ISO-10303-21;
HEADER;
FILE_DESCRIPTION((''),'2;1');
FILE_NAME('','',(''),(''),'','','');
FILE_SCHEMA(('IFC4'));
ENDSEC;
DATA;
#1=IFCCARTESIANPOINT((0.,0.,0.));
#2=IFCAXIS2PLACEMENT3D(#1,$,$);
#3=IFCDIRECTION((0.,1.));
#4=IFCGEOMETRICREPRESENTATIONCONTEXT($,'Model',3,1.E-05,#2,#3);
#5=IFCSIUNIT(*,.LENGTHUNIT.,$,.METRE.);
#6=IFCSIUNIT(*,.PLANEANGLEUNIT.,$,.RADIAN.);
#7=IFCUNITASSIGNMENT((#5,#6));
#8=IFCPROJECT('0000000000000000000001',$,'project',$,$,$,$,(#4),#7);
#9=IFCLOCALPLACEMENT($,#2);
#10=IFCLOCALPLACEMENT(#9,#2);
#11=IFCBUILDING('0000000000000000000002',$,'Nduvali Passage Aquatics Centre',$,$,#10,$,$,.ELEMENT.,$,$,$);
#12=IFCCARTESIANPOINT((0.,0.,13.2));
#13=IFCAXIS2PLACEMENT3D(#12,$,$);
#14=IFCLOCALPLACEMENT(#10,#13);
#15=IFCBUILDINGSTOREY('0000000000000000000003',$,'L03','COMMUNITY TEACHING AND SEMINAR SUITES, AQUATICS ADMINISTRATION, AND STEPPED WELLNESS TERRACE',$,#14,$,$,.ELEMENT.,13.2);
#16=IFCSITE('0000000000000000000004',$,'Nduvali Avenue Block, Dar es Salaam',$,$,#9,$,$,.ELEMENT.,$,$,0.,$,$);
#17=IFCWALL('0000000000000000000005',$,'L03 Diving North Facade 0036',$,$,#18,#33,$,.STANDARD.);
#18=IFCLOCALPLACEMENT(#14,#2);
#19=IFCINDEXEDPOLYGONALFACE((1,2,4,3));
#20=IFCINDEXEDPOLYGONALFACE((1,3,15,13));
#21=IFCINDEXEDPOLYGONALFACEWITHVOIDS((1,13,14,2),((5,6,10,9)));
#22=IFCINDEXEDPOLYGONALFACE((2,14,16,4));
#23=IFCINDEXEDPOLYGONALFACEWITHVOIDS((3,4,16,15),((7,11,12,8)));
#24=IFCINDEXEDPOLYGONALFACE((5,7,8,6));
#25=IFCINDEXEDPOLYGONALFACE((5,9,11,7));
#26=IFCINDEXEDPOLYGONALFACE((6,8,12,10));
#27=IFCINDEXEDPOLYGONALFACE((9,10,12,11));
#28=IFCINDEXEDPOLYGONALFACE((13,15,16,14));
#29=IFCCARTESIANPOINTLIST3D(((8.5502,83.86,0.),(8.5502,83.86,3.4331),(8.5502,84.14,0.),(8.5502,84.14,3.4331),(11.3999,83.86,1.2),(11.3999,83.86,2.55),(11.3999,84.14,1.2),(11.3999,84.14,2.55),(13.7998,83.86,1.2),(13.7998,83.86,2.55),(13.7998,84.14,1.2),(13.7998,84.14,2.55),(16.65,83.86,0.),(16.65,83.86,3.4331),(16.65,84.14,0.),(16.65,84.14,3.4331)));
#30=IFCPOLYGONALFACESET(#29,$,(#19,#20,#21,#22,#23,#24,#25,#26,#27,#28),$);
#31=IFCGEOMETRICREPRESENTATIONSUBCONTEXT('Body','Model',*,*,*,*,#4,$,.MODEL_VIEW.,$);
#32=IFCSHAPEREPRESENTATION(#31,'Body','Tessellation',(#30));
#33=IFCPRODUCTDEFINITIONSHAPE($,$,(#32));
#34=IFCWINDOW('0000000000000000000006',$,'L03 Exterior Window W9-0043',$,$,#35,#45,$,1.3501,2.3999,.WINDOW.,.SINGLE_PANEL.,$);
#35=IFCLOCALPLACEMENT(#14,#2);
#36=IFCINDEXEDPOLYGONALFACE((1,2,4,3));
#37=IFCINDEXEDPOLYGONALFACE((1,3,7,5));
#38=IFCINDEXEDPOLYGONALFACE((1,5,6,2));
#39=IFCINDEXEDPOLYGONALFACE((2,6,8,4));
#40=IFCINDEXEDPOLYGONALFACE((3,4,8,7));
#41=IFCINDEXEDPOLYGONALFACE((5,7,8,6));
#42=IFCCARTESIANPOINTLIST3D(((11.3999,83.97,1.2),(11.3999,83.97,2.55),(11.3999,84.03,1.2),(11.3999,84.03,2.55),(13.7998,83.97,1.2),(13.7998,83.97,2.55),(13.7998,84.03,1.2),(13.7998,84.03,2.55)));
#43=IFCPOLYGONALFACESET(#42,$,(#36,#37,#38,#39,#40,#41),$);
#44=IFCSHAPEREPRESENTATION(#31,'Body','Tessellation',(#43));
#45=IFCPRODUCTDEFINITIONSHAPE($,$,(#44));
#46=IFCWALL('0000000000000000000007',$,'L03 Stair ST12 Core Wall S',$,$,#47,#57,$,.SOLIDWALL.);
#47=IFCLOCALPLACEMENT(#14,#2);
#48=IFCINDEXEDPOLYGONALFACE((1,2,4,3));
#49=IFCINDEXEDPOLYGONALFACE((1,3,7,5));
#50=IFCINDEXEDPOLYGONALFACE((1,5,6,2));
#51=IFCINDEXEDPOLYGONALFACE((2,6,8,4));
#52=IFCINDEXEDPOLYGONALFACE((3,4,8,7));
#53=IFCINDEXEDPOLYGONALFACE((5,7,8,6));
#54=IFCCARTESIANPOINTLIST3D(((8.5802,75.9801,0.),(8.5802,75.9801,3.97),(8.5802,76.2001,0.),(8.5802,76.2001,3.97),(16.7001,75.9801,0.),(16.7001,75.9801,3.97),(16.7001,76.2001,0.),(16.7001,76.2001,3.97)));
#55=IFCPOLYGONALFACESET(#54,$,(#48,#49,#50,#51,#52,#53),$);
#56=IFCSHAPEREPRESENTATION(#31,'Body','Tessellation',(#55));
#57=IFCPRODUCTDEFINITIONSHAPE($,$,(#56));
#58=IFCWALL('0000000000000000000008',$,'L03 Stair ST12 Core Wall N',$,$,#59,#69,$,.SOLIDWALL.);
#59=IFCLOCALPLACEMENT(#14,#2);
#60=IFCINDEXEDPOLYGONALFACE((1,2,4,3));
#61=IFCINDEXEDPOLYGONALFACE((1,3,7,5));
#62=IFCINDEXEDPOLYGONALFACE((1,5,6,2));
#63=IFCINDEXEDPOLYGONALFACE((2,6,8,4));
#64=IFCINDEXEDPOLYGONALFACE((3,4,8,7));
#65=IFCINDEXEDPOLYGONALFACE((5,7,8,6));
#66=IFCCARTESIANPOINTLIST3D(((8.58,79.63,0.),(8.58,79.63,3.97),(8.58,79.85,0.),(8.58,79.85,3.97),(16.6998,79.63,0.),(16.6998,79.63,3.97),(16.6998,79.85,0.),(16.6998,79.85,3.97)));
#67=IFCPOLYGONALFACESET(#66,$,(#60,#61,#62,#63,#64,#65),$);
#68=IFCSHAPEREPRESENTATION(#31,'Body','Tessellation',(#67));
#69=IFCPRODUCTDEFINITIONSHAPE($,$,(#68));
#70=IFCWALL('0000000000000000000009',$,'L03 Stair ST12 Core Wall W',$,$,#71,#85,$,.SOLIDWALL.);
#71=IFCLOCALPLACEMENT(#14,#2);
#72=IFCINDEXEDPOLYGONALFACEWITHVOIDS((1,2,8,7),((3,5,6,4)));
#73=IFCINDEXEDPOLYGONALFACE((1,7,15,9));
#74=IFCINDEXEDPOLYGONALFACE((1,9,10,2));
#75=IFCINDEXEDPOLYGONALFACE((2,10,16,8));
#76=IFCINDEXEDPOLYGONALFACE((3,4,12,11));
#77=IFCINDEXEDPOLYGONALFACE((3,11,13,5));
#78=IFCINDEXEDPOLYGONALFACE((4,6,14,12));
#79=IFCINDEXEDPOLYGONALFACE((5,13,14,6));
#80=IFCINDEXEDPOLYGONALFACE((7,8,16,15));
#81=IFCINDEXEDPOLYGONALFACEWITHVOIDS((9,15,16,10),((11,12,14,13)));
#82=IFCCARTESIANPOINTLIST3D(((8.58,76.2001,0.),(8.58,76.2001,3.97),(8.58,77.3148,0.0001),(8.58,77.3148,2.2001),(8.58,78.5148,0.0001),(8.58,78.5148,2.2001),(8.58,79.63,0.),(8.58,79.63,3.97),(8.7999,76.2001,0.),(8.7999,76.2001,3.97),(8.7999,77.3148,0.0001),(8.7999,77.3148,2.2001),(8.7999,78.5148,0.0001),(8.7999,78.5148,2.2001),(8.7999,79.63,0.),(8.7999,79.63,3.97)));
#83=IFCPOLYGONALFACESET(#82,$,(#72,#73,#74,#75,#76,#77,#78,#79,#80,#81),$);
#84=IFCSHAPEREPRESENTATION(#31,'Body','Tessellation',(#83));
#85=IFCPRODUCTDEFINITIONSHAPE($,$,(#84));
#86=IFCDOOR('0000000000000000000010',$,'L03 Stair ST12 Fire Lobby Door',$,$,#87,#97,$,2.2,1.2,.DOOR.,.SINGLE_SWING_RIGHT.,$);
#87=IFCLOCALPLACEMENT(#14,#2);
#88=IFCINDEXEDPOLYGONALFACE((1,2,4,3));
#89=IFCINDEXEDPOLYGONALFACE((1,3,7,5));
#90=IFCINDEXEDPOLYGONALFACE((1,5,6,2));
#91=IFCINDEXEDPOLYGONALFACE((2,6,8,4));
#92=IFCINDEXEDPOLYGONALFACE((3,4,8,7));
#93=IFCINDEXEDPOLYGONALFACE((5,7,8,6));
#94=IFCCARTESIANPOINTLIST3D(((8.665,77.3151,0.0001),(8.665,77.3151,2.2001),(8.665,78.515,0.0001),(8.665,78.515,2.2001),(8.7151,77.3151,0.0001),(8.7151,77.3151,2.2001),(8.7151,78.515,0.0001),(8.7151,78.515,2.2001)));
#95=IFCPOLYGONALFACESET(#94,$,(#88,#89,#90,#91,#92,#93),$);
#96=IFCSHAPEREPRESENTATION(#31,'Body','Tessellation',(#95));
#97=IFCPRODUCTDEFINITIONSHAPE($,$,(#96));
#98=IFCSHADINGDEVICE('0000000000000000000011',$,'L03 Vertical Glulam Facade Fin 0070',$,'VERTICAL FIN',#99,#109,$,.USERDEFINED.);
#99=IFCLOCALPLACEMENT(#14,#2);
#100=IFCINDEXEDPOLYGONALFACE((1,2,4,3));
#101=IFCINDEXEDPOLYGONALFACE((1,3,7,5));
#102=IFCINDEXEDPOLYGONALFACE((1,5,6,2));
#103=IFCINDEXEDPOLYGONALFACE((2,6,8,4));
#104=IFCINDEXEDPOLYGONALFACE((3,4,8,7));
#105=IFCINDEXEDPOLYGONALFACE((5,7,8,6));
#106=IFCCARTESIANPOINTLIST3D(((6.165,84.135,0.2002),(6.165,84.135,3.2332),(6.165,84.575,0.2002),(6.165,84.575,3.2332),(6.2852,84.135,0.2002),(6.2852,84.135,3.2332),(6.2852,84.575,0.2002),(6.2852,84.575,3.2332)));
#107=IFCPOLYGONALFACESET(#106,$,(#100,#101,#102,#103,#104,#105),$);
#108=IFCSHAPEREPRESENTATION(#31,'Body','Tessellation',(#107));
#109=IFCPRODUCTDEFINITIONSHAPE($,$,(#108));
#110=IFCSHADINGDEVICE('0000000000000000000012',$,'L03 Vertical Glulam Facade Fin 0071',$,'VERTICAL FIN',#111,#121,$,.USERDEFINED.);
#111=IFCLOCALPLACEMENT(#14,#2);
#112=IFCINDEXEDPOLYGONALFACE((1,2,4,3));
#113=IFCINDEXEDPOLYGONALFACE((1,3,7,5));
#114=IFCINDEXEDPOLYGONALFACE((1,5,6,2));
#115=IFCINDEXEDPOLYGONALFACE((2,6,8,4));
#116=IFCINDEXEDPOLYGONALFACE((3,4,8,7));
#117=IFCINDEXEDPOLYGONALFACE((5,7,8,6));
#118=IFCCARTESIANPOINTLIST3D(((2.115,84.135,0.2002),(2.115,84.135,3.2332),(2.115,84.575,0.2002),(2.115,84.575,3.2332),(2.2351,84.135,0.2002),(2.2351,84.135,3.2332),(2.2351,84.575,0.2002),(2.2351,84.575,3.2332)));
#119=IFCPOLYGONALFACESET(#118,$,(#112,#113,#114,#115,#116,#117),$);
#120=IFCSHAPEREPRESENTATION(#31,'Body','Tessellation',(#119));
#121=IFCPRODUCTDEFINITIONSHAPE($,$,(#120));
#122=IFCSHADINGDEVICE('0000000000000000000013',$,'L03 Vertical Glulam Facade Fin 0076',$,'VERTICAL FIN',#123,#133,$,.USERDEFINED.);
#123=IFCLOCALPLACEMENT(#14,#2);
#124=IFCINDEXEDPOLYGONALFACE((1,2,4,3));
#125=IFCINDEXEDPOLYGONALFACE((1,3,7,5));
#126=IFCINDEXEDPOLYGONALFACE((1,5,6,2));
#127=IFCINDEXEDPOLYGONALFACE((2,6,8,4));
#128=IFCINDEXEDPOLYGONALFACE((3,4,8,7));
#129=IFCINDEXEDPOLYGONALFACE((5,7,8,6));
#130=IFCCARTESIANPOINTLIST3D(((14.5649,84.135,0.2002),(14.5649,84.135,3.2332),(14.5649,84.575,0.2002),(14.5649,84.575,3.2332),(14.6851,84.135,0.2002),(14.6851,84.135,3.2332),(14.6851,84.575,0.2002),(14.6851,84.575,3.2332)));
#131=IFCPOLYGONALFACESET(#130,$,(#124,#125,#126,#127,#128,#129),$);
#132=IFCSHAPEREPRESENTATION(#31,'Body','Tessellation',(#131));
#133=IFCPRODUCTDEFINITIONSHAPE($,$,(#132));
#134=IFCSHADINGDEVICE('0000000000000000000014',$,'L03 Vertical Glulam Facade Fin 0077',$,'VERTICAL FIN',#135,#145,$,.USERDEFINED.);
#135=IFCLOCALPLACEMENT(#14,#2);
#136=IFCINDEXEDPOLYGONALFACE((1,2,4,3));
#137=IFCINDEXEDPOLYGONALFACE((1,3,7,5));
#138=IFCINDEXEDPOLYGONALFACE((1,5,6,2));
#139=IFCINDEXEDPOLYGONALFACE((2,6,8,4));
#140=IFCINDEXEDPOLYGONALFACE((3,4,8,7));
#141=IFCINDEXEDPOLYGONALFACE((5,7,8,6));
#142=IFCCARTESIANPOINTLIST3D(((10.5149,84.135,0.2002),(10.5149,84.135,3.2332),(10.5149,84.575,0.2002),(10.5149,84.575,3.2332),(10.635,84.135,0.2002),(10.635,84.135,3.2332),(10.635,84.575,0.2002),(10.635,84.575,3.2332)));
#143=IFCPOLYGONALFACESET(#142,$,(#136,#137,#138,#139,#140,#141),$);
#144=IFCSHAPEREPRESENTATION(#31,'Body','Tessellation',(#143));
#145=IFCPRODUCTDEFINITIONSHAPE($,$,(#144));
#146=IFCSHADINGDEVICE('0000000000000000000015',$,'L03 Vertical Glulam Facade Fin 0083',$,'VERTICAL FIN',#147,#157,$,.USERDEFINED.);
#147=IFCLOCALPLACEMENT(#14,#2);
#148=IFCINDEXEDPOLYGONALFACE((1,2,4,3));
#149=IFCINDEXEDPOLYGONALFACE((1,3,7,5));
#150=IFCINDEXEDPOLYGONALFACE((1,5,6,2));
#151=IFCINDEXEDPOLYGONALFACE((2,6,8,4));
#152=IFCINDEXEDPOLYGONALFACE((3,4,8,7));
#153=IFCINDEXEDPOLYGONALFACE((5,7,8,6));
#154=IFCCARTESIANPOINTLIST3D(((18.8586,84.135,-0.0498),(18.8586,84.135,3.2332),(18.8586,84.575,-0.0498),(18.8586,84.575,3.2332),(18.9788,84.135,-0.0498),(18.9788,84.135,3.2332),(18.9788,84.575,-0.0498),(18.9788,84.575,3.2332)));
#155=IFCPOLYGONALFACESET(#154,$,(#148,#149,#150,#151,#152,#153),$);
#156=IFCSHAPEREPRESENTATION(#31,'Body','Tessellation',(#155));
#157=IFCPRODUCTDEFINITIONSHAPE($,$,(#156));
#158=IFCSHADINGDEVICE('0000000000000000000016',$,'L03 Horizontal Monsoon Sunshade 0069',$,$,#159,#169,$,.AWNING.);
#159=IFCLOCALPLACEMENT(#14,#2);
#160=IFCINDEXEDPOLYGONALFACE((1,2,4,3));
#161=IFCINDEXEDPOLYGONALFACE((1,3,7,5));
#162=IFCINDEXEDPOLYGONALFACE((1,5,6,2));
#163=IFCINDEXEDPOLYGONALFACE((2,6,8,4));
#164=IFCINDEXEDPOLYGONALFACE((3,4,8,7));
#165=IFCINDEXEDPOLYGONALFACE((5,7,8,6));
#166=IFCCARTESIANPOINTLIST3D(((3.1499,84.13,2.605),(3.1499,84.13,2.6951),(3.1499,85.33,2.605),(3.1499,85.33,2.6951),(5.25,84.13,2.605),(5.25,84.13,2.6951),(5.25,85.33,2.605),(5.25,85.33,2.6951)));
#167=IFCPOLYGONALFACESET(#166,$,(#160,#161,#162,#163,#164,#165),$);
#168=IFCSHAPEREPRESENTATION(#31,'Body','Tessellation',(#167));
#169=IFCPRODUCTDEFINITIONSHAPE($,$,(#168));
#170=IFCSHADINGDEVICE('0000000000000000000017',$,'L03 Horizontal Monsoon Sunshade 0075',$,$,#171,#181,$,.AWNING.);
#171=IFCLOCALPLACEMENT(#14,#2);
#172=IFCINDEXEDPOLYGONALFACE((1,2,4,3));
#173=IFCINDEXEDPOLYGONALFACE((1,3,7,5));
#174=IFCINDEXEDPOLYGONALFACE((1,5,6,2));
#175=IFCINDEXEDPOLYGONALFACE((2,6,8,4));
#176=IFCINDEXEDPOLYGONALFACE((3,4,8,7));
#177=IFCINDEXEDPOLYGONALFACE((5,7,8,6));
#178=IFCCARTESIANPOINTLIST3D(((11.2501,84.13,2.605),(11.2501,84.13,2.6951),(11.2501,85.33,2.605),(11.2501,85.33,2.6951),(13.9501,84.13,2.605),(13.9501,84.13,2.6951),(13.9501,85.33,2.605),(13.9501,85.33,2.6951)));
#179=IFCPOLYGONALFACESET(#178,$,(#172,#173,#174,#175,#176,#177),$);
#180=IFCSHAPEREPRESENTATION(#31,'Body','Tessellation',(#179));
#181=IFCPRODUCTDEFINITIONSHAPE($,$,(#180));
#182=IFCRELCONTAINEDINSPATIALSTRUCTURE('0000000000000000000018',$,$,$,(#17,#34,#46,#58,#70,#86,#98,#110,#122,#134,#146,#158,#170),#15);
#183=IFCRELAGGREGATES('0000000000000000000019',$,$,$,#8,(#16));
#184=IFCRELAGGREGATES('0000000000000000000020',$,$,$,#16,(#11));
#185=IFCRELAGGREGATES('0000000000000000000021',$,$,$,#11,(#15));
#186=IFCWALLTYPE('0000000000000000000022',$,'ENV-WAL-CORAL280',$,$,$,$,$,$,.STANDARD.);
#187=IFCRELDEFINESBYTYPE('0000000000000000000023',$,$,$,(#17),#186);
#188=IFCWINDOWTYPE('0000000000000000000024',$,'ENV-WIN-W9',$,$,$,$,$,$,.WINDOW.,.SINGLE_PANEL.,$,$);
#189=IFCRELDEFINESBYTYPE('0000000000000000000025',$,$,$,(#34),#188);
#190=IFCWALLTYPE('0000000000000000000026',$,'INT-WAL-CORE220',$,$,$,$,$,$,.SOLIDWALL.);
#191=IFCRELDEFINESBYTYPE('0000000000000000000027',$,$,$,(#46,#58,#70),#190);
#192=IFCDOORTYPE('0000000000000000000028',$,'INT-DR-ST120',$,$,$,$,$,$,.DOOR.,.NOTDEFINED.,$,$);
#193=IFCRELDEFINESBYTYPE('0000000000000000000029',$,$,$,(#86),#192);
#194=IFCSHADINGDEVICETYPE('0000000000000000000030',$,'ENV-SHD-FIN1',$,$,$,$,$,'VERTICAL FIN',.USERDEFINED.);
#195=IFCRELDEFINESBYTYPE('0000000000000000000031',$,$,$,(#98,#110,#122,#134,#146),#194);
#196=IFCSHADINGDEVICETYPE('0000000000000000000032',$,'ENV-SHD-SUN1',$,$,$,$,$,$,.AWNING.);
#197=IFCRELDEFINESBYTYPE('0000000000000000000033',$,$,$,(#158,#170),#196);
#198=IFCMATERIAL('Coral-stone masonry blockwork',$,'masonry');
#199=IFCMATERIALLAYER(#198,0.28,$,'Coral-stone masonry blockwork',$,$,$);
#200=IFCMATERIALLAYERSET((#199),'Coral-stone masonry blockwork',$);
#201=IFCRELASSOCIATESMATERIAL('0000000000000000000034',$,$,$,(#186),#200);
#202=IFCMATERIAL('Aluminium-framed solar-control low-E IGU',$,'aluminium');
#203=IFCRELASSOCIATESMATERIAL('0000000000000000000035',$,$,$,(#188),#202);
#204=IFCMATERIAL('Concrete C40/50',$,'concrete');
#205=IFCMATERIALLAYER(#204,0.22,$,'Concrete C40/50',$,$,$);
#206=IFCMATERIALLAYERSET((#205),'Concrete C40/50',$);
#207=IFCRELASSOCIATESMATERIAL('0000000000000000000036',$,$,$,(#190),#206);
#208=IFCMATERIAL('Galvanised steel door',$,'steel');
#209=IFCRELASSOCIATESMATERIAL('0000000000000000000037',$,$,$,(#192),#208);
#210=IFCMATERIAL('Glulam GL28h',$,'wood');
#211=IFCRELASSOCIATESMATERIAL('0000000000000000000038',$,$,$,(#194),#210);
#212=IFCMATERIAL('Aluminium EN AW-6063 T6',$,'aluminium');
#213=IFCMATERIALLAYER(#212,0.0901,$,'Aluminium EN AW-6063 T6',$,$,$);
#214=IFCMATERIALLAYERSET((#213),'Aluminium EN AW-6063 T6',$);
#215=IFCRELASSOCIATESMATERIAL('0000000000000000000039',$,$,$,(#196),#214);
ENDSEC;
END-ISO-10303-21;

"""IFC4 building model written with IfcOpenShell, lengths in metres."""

from ifc_helpers import new_model, si_unit, direction, frame, frame_2d, origin, origin_2d, place, context, subcontext, project, spatial, rectangle, extrude, material, layer, layer_set, type_object, element, fill, save


model = new_model("IFC4")

# Units and contexts
model_context = context("Model", 3, precision=1e-05, world=origin(), true_north=direction((0.0, 1.0)))
body_context = subcontext(model_context, "Body", "Model", "MODEL_VIEW")
ifc_project = project(units=[si_unit("LENGTHUNIT", "METRE"), si_unit("PLANEANGLEUNIT", "RADIAN")], contexts=[model_context])

# Site, building, storey
site_placement = place(None, origin())
site = spatial("IfcSite", under=ifc_project, at=site_placement, Name="Nduvali Avenue Block, Dar es Salaam", CompositionType="ELEMENT", RefElevation=0.0)
building_placement = place(site_placement, origin())
building = spatial("IfcBuilding", under=site, at=building_placement, Name="Nduvali Passage Aquatics Centre", CompositionType="ELEMENT")
storey_placement = place(building_placement, frame((0.0, 0.0, 13.2)))
storey = spatial("IfcBuildingStorey", under=building, at=storey_placement, Name="L03", Description="COMMUNITY TEACHING AND SEMINAR SUITES, AQUATICS ADMINISTRATION, AND STEPPED WELLNESS TERRACE", CompositionType="ELEMENT", Elevation=13.2)

# Wall, opening, window
ifc_material_1 = material(Name="Coral-stone masonry blockwork", Category="masonry")
ifc_layer_1 = layer(ifc_material_1, 0.28, Name="Coral-stone masonry blockwork")
ifc_layer_set_1 = layer_set([ifc_layer_1], Name="Coral-stone masonry blockwork")
wall_type_1 = type_object("IfcWallType", Name="ENV-WAL-CORAL280", PredefinedType="STANDARD", material=ifc_layer_set_1)
ifc_material_2 = material(Name="Aluminium-framed solar-control low-E IGU", Category="aluminium")
wall_1_placement = place(storey_placement, frame((16.6499, 84.0, 0.0), z_axis=(0.0, 0.0, 1.0), x_axis=(-1.0, 0.0, 0.0)))
wall_1 = element("IfcWall", 1, at=wall_1_placement, inside=storey, type_object=wall_type_1, Name="L03 Diving North Facade 0036", PredefinedType="STANDARD", context=body_context, shape_type="SweptSolid", body=[
    extrude(rectangle(XDim=8.0999, YDim=0.28, at=frame_2d((4.0498, 0.0))), origin(), (0.0, 0.0, 1.0), 3.4331),
])
opening_1_placement = place(wall_1_placement, frame((2.8501, 0.0, 1.2)))
opening_1 = element("IfcOpeningElement", 2, at=opening_1_placement, cuts=wall_1, PredefinedType="OPENING", context=body_context, shape_type="SweptSolid", body=[
    extrude(rectangle(XDim=2.3999, YDim=1.3501, at=frame_2d((1.2, 0.675))), frame((0.0, 0.1548, 0.0), z_axis=(0.0, -1.0, 0.0), x_axis=(1.0, 0.0, 0.0)), (0.0, 0.0, 1.0), 0.3098),
])
window_type_1 = type_object("IfcWindowType", Name="ENV-WIN-W9", PartitioningType="SINGLE_PANEL", PredefinedType="WINDOW", material=ifc_material_2)
window_1_placement = place(opening_1_placement, origin())
window_1 = element("IfcWindow", 3, at=window_1_placement, inside=storey, type_object=window_type_1, Name="L03 Exterior Window W9-0043", OverallHeight=1.3501, OverallWidth=2.3999, PartitioningType="SINGLE_PANEL", PredefinedType="WINDOW", context=body_context, shape_type="SweptSolid", body=[
    extrude(rectangle(XDim=2.3999, YDim=1.3501, at=frame_2d((1.2, 0.675))), frame((0.0, 0.03, 0.0), z_axis=(0.0, -1.0, 0.0), x_axis=(1.0, 0.0, 0.0)), (0.0, 0.0, 1.0), 0.0601),
])
fill(opening_1, window_1)

# Walls
ifc_material_3 = material(Name="Concrete C40/50", Category="concrete")
ifc_layer_2 = layer(ifc_material_3, 0.22, Name="Concrete C40/50")
ifc_layer_set_2 = layer_set([ifc_layer_2], Name="Concrete C40/50")
wall_type_2 = type_object("IfcWallType", Name="INT-WAL-CORE220", PredefinedType="SOLIDWALL", material=ifc_layer_set_2)
for number, where, z_axis, x_axis, name in (
    (4, (8.5801, 76.0901, 0.0), (0.0, 0.0, 1.0), (1.0, 0.0, 0.0), "L03 Stair ST12 Core Wall S"),
    (5, (16.7, 79.74, 0.0), (0.0, 0.0, 1.0), (-1.0, 0.0, 0.0), "L03 Stair ST12 Core Wall N"),
):
    element("IfcWall", number, at=place(storey_placement, frame(where, z_axis=z_axis, x_axis=x_axis)), inside=storey, type_object=wall_type_2, Name=name, PredefinedType="SOLIDWALL", context=body_context, shape_type="SweptSolid", body=[
        extrude(rectangle(XDim=8.1199, YDim=0.22, at=frame_2d((4.0601, 0.0))), origin(), (0.0, 0.0, 1.0), 3.97),
    ])

# Wall, opening, door
wall_2_placement = place(storey_placement, frame((8.6899, 79.6299, 0.0), z_axis=(0.0, 0.0, 1.0), x_axis=(0.0, -1.0, 0.0)))
wall_2 = element("IfcWall", 6, at=wall_2_placement, inside=storey, type_object=wall_type_2, Name="L03 Stair ST12 Core Wall W", PredefinedType="SOLIDWALL", context=body_context, shape_type="SweptSolid", body=[
    extrude(rectangle(XDim=3.4299, YDim=0.22, at=frame_2d((1.7148, 0.0))), origin(), (0.0, 0.0, 1.0), 3.97),
])
opening_2_placement = place(wall_2_placement, frame((1.115, 0.0, 0.0)))
opening_2 = element("IfcOpeningElement", 7, at=opening_2_placement, cuts=wall_2, PredefinedType="OPENING", context=body_context, shape_type="SweptSolid", body=[
    extrude(rectangle(XDim=1.2, YDim=2.2, at=frame_2d((0.6001, 1.1001))), frame((0.0, 0.125, 0.0), z_axis=(0.0, -1.0, 0.0), x_axis=(1.0, 0.0, 0.0)), (0.0, 0.0, 1.0), 0.2498),
])
ifc_material_4 = material(Name="Galvanised steel door", Category="steel")
door_type = type_object("IfcDoorType", Name="INT-DR-ST120", OperationType="NOTDEFINED", PredefinedType="DOOR", material=ifc_material_4)
door_placement = place(opening_2_placement, frame((1.2, 0.0, 0.0), z_axis=(0.0, 0.0, 1.0), x_axis=(-1.0, 0.0, 0.0)))
door = element("IfcDoor", 8, at=door_placement, inside=storey, type_object=door_type, Name="L03 Stair ST12 Fire Lobby Door", OperationType="SINGLE_SWING_RIGHT", OverallHeight=2.2, OverallWidth=1.2, PredefinedType="DOOR", context=body_context, shape_type="SweptSolid", body=[
    extrude(rectangle(XDim=1.2, YDim=2.2, at=frame_2d((0.6001, 1.1001))), frame((0.0, 0.0249, 0.0), z_axis=(0.0, -1.0, 0.0), x_axis=(1.0, 0.0, 0.0)), (0.0, 0.0, 1.0), 0.05),
])
fill(opening_2, door)

# Shading devices
ifc_material_5 = material(Name="Glulam GL28h", Category="wood")
shading_device_type_1 = type_object("IfcShadingDeviceType", Name="ENV-SHD-FIN1", ElementType="VERTICAL FIN", PredefinedType="USERDEFINED", material=ifc_material_5)
for number, where, z_axis, x_axis, name in (
    (9, (6.2251, 84.355, 0.2002), (0.0, 0.0, 1.0), (-1.0, 0.0, 0.0), "L03 Vertical Glulam Facade Fin 0070"),
    (10, (2.175, 84.355, 0.2002), (0.0, 0.0, 1.0), (-1.0, 0.0, 0.0), "L03 Vertical Glulam Facade Fin 0071"),
    (11, (14.625, 84.355, 0.2002), (0.0, 0.0, 1.0), (-1.0, 0.0, 0.0), "L03 Vertical Glulam Facade Fin 0076"),
    (12, (10.575, 84.355, 0.2002), (0.0, 0.0, 1.0), (-1.0, 0.0, 0.0), "L03 Vertical Glulam Facade Fin 0077"),
):
    element("IfcShadingDevice", number, at=place(storey_placement, frame(where, z_axis=z_axis, x_axis=x_axis)), inside=storey, type_object=shading_device_type_1, Name=name, ObjectType="VERTICAL FIN", PredefinedType="USERDEFINED", context=body_context, shape_type="SweptSolid", body=[
        extrude(rectangle(XDim=0.1201, YDim=0.4399, at=origin_2d()), origin(), (0.0, 0.0, 1.0), 3.033),
    ])
shading_device_1_placement = place(storey_placement, frame((18.9187, 84.355, -0.0498), z_axis=(0.0, 0.0, 1.0), x_axis=(-1.0, 0.0, 0.0)))
element("IfcShadingDevice", 13, at=shading_device_1_placement, inside=storey, type_object=shading_device_type_1, Name="L03 Vertical Glulam Facade Fin 0083", ObjectType="VERTICAL FIN", PredefinedType="USERDEFINED", context=body_context, shape_type="SweptSolid", body=[
    extrude(rectangle(XDim=0.1201, YDim=0.4399, at=origin_2d()), origin(), (0.0, 0.0, 1.0), 3.283),
])
ifc_material_6 = material(Name="Aluminium EN AW-6063 T6", Category="aluminium")
ifc_layer_3 = layer(ifc_material_6, 0.0901, Name="Aluminium EN AW-6063 T6")
ifc_layer_set_3 = layer_set([ifc_layer_3], Name="Aluminium EN AW-6063 T6")
shading_device_type_2 = type_object("IfcShadingDeviceType", Name="ENV-SHD-SUN1", PredefinedType="AWNING", material=ifc_layer_set_3)
shading_device_2_placement = place(storey_placement, frame((4.2, 84.73, 2.605), z_axis=(0.0, 0.0, 1.0), x_axis=(-1.0, 0.0, 0.0)))
element("IfcShadingDevice", 14, at=shading_device_2_placement, inside=storey, type_object=shading_device_type_2, Name="L03 Horizontal Monsoon Sunshade 0069", PredefinedType="AWNING", context=body_context, shape_type="SweptSolid", body=[
    extrude(rectangle(XDim=2.1001, YDim=1.2, at=origin_2d()), origin(), (0.0, 0.0, 1.0), 0.0901),
])
shading_device_3_placement = place(storey_placement, frame((12.6001, 84.73, 2.605), z_axis=(0.0, 0.0, 1.0), x_axis=(-1.0, 0.0, 0.0)))
element("IfcShadingDevice", 15, at=shading_device_3_placement, inside=storey, type_object=shading_device_type_2, Name="L03 Horizontal Monsoon Sunshade 0075", PredefinedType="AWNING", context=body_context, shape_type="SweptSolid", body=[
    extrude(rectangle(XDim=2.7, YDim=1.2, at=origin_2d()), origin(), (0.0, 0.0, 1.0), 0.0901),
])

save(model, "model.ifc")
